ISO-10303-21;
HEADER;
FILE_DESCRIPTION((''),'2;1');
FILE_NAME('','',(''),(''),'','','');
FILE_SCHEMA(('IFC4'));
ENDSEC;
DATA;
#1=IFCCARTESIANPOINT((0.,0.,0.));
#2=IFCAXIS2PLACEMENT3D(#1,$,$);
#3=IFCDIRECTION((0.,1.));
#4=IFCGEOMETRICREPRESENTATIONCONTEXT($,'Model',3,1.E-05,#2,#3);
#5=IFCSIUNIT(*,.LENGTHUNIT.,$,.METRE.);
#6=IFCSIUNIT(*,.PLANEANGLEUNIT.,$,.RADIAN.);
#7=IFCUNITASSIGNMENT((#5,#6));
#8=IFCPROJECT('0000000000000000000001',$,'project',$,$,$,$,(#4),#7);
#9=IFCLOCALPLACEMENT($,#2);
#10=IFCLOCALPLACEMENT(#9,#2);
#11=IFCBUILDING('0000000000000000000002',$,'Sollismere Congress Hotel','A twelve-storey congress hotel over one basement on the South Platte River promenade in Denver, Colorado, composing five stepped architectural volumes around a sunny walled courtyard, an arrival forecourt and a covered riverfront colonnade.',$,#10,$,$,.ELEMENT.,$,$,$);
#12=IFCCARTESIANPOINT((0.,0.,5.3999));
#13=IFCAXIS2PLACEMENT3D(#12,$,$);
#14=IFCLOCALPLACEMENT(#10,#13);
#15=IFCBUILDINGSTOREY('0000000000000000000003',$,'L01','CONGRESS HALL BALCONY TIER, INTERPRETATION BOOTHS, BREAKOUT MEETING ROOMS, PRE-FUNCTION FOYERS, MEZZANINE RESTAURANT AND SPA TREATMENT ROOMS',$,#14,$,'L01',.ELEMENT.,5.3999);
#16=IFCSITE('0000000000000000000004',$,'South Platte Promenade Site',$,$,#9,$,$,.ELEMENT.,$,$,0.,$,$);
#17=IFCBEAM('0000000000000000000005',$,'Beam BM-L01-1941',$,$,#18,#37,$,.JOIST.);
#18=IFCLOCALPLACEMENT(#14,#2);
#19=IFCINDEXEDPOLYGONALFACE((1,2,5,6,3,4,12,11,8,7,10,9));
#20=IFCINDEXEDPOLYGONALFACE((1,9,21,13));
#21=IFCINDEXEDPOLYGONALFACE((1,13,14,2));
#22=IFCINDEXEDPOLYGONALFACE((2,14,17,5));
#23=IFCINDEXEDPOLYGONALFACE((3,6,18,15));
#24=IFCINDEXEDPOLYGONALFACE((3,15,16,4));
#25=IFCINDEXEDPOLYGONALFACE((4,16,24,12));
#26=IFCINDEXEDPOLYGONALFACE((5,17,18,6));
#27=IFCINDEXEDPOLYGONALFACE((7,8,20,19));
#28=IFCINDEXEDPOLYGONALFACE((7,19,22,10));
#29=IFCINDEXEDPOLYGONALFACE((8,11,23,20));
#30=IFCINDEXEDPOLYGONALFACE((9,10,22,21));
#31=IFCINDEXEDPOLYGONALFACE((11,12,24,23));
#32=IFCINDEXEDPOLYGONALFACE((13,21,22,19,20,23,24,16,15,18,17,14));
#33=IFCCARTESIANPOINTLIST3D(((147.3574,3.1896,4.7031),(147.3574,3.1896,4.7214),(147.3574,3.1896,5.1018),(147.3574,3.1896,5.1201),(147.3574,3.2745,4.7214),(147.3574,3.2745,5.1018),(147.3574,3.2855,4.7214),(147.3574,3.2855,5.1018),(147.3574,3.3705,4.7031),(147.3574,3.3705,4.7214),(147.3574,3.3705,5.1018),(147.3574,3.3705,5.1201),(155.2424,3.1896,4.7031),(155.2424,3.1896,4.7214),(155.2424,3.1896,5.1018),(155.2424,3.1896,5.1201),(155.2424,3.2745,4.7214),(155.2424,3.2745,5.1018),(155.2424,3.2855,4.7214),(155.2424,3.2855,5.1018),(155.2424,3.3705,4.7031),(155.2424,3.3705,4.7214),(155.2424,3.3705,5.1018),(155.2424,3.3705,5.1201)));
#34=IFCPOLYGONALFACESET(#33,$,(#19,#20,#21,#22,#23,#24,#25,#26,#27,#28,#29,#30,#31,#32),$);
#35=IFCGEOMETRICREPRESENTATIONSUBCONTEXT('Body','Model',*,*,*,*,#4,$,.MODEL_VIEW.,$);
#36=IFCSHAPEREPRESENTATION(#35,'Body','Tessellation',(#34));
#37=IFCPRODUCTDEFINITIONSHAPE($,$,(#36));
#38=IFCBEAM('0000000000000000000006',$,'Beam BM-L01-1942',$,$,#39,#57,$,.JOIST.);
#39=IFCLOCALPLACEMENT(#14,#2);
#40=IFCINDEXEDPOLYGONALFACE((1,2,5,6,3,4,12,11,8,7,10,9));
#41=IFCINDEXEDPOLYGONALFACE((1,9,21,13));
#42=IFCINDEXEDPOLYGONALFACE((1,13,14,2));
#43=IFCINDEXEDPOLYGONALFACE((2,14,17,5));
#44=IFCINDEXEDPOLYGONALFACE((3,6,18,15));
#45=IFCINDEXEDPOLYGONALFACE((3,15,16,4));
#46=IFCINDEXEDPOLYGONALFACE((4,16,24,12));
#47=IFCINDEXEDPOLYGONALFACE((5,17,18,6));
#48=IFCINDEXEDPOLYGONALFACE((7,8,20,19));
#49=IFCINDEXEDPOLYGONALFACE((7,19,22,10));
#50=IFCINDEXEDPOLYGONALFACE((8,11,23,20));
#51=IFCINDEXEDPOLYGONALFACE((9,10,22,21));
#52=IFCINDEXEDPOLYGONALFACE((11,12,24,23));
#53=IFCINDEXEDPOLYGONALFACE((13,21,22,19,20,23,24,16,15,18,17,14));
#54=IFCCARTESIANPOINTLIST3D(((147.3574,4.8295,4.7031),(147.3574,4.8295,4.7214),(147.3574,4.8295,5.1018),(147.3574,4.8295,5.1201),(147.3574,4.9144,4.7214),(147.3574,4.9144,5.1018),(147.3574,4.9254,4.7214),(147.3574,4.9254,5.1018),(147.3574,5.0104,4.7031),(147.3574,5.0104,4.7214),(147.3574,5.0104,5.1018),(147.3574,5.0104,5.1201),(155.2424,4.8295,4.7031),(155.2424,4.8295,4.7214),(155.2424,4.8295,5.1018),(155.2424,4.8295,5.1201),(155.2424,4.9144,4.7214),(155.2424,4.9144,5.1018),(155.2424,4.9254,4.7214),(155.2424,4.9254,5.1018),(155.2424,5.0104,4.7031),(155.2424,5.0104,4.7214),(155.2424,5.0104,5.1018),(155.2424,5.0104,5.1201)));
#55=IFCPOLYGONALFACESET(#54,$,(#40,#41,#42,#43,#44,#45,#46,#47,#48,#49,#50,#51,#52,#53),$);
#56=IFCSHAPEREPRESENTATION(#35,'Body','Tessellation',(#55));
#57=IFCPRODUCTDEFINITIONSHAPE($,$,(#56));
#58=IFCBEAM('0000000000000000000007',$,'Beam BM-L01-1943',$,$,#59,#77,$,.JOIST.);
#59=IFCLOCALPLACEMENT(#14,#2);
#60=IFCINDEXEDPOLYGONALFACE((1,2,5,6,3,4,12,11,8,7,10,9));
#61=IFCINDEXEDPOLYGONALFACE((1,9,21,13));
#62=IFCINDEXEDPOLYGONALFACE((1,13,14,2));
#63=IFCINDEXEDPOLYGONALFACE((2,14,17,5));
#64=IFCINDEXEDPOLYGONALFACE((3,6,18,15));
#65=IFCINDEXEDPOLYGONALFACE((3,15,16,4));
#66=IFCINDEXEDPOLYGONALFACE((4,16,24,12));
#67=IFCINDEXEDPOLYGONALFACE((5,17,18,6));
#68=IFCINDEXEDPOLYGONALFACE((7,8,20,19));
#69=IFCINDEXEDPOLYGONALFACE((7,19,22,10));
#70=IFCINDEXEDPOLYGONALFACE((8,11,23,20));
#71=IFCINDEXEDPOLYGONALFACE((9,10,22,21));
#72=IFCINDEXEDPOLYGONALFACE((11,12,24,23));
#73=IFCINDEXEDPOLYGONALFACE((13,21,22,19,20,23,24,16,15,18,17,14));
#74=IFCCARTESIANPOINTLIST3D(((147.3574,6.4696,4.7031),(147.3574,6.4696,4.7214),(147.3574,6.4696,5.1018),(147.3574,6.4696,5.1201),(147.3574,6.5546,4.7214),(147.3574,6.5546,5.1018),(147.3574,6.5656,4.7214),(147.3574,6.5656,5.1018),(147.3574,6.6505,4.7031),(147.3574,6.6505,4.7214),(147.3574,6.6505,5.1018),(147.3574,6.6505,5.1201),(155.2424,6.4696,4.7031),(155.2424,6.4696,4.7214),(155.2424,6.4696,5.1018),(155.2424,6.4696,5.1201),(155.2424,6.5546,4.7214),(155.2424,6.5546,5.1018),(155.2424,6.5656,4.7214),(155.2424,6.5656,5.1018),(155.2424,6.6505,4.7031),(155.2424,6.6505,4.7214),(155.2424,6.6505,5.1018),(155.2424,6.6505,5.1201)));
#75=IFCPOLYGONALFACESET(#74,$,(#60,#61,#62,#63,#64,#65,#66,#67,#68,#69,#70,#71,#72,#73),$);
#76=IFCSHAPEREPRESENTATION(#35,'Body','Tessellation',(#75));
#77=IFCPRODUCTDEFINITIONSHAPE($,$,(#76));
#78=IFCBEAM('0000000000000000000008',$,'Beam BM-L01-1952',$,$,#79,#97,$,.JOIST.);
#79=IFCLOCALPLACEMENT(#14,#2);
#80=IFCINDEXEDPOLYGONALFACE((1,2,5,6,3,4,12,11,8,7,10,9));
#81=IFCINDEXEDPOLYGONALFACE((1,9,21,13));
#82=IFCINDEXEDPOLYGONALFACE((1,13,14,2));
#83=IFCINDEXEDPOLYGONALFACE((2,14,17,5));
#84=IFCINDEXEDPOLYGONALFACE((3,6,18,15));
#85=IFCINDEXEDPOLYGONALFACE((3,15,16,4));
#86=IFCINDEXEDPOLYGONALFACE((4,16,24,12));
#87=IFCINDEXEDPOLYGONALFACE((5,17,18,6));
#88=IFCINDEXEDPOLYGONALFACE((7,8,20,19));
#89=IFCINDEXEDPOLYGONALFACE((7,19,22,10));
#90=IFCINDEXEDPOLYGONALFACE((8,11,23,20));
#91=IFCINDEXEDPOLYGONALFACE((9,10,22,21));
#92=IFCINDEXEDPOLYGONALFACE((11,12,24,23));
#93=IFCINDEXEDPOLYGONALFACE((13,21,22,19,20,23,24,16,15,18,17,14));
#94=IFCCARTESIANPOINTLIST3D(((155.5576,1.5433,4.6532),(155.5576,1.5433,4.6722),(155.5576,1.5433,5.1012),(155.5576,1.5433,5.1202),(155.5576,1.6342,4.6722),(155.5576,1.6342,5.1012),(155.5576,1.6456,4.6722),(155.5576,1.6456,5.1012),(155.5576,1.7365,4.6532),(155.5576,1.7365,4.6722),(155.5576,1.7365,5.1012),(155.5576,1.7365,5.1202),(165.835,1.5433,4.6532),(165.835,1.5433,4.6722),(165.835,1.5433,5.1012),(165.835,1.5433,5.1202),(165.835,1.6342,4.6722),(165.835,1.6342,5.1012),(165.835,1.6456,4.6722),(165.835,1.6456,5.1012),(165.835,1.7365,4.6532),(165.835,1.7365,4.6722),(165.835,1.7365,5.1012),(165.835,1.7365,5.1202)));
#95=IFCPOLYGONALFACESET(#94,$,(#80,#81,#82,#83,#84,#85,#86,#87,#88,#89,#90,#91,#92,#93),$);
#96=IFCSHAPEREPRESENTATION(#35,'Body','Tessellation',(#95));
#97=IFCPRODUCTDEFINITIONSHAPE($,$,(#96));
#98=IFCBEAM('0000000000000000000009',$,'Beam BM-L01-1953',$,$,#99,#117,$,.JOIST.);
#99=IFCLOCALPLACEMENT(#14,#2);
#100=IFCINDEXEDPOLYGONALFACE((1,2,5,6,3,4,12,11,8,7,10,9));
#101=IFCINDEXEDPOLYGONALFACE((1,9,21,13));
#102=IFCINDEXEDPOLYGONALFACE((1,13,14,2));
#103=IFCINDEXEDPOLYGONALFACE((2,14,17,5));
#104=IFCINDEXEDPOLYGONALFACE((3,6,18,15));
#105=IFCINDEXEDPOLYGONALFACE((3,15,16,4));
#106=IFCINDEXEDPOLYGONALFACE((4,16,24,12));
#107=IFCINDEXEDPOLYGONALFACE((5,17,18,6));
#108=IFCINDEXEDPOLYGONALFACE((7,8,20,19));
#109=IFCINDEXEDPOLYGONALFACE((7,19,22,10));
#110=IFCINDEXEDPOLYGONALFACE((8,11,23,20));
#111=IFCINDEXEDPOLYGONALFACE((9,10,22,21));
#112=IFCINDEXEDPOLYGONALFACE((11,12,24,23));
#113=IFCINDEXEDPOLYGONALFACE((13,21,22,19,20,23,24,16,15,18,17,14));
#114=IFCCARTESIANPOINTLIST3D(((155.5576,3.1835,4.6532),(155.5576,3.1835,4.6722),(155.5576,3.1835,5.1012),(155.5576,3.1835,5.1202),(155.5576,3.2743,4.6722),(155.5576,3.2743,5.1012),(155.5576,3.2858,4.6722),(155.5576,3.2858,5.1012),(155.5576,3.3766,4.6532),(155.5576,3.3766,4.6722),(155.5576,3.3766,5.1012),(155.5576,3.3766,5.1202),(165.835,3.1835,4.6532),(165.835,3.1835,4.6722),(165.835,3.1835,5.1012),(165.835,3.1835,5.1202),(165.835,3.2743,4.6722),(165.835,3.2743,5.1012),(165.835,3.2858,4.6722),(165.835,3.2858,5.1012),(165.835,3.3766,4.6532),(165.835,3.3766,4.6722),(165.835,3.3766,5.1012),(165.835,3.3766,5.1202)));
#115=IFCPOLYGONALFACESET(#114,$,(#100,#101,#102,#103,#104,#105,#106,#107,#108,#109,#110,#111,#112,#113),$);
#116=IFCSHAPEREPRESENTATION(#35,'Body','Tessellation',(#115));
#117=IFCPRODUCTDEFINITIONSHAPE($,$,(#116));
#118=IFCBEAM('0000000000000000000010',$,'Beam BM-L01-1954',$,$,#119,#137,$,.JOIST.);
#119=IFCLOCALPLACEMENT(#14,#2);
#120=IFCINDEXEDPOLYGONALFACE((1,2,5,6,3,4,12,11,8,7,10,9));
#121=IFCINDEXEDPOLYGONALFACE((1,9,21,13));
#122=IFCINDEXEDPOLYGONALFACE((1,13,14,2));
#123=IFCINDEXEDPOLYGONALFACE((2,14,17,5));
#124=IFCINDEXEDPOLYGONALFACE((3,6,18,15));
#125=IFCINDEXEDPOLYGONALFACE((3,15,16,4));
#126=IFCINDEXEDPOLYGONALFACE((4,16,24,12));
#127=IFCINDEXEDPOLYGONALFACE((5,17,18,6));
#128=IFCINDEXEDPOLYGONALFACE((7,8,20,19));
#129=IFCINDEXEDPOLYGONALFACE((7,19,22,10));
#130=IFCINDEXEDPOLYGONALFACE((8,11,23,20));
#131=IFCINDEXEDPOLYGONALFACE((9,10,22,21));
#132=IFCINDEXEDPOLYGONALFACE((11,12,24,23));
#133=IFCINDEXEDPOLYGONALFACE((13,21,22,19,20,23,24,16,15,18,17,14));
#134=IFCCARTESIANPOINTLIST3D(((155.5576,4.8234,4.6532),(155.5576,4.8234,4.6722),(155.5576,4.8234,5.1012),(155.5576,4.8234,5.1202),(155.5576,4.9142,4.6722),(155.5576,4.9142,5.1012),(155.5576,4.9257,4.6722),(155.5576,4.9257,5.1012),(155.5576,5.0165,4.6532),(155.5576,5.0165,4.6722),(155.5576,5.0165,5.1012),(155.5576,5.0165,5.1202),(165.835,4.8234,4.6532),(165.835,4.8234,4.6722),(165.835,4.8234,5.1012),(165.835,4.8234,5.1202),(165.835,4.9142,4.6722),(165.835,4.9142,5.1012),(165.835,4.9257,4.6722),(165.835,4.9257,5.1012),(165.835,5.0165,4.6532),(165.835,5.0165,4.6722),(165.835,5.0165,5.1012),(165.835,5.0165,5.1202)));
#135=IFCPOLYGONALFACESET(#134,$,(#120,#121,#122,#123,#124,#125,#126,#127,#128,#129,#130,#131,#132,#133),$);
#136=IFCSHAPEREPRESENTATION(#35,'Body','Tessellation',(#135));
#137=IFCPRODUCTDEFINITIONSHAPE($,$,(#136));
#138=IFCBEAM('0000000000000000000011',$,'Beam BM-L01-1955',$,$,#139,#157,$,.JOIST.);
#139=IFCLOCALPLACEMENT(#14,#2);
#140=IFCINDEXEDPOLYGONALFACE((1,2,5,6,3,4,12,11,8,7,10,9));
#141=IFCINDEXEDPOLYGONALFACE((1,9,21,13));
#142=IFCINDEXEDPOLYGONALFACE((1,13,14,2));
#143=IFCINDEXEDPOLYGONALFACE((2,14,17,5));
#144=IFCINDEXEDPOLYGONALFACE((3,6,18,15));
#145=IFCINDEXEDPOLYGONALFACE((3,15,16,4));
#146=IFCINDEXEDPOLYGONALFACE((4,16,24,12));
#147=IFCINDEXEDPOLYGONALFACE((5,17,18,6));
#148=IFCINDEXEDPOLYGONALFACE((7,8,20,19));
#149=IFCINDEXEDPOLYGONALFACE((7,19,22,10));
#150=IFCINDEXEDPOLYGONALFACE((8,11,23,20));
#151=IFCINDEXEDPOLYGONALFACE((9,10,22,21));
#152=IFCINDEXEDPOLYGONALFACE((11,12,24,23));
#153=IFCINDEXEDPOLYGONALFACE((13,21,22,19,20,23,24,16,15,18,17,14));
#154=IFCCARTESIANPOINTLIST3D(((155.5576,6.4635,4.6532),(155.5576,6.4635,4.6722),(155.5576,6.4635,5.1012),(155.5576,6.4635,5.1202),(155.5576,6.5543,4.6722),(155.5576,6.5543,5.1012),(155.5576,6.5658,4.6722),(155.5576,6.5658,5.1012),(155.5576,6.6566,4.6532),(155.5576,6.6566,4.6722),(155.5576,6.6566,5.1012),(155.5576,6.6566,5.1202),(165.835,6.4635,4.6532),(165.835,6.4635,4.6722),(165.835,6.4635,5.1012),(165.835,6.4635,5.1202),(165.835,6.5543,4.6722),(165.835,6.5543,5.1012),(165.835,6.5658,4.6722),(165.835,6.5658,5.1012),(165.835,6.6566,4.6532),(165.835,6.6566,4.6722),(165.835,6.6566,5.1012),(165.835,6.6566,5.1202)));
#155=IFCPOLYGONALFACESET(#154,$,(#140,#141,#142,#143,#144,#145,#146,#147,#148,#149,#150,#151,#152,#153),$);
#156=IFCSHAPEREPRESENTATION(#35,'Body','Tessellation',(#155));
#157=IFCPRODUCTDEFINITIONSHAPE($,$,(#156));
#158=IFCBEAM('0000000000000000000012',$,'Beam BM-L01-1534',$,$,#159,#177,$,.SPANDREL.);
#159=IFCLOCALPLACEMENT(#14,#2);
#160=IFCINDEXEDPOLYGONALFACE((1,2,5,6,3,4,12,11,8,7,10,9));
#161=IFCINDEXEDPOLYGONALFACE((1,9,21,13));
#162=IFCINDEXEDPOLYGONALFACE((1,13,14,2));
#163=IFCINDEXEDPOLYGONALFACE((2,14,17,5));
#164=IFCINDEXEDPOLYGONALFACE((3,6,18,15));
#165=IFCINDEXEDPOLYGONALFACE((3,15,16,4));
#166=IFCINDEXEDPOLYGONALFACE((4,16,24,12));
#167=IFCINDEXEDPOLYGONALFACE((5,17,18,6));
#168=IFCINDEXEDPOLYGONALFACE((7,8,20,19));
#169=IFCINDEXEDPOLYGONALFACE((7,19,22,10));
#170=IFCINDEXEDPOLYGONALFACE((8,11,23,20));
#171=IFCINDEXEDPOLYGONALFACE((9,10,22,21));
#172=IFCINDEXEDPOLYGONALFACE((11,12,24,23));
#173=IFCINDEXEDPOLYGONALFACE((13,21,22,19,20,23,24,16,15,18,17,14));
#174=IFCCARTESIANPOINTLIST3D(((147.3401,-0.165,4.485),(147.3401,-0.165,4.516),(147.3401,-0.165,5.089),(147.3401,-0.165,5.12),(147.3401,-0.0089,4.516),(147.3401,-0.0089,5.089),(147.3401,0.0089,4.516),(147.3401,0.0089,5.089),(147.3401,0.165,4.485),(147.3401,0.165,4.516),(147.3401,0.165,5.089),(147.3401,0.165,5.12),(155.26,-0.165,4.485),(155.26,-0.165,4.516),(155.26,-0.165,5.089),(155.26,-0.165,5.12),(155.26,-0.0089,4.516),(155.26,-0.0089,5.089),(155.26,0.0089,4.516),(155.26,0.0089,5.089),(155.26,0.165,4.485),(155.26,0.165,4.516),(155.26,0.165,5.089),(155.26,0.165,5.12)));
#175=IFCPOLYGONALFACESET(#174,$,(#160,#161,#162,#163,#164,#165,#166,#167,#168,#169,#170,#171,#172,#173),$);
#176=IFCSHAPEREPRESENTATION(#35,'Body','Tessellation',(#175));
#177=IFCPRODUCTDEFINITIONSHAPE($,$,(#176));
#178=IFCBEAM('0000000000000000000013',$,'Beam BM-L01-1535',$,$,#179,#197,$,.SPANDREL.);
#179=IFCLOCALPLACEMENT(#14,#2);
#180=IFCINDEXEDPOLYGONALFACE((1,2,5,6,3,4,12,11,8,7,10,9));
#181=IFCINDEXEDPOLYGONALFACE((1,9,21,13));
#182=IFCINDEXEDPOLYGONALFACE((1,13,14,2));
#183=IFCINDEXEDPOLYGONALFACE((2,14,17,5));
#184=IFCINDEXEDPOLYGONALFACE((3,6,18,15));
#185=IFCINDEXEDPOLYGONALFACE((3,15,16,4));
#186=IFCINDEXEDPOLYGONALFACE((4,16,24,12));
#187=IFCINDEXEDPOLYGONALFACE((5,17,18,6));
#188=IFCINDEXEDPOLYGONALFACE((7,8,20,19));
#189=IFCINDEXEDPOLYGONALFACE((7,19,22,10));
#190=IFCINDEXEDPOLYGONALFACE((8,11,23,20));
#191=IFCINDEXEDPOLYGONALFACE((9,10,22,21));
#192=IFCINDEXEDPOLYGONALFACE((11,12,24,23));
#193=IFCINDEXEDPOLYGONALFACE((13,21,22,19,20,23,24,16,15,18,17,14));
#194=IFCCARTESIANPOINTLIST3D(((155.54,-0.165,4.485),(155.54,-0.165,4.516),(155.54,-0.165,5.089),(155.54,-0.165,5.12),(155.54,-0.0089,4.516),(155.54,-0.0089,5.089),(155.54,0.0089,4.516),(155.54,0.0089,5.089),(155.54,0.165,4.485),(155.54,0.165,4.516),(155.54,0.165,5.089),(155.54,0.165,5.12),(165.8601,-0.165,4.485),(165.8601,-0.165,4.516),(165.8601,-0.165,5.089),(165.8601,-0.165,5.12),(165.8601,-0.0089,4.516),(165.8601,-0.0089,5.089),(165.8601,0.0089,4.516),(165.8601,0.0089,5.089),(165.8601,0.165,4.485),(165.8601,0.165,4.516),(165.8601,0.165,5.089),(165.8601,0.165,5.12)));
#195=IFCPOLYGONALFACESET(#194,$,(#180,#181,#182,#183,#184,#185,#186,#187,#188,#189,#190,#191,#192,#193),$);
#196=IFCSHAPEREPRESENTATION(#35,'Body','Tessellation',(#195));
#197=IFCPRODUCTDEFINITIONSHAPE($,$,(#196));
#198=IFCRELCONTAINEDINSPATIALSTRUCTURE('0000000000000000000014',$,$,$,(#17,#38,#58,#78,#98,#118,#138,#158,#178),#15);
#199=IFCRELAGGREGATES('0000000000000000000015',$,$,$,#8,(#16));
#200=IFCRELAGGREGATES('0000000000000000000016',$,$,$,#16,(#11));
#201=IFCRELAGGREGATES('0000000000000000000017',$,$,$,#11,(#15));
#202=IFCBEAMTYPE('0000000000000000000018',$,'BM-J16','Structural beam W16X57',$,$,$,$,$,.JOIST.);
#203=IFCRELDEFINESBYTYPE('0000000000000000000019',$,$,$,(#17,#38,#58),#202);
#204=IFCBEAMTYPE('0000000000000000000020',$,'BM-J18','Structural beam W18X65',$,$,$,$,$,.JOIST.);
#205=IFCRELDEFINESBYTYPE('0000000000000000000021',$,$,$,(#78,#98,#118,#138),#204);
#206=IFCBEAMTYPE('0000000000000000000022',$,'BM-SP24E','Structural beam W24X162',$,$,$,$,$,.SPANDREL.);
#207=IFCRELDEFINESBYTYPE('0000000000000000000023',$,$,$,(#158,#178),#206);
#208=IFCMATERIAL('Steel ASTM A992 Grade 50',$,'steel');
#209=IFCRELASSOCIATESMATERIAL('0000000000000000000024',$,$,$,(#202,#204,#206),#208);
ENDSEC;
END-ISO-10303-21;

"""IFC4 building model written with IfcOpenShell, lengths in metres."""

from ifc_helpers import new_model, si_unit, direction, frame, origin, origin_2d, place, context, subcontext, project, spatial, i_section, extrude, material, material_profile, profile_set, type_object, element, save


model = new_model("IFC4")

# Units and contexts
model_context = context("Model", 3, precision=1e-05, world=origin(), true_north=direction((0.0, 1.0)))
body_context = subcontext(model_context, "Body", "Model", "MODEL_VIEW")
ifc_project = project(units=[si_unit("LENGTHUNIT", "METRE"), si_unit("PLANEANGLEUNIT", "RADIAN")], contexts=[model_context])

# Site, building, storey
site_placement = place(None, origin())
site = spatial("IfcSite", under=ifc_project, at=site_placement, Name="South Platte Promenade Site", CompositionType="ELEMENT", RefElevation=0.0)
building_placement = place(site_placement, origin())
building = spatial("IfcBuilding", under=site, at=building_placement, Name="Sollismere Congress Hotel", Description="A twelve-storey congress hotel over one basement on the South Platte River promenade in Denver, Colorado, composing five stepped architectural volumes around a sunny walled courtyard, an arrival forecourt and a covered riverfront colonnade.", CompositionType="ELEMENT")
storey_placement = place(building_placement, frame((0.0, 0.0, 5.3999)))
storey = spatial("IfcBuildingStorey", under=building, at=storey_placement, Name="L01", Description="CONGRESS HALL BALCONY TIER, INTERPRETATION BOOTHS, BREAKOUT MEETING ROOMS, PRE-FUNCTION FOYERS, MEZZANINE RESTAURANT AND SPA TREATMENT ROOMS", LongName="L01", CompositionType="ELEMENT", Elevation=5.3999)

# Shared definitions
ifc_material_1 = material(Name="Steel ASTM A992 Grade 50", Category="steel")

# Beams
ifc_material_profile_1 = material_profile(ifc_material_1, i_section(OverallWidth=0.1809, OverallDepth=0.417, WebThickness=0.011, FlangeThickness=0.0183, at=origin_2d()), Name="W16X57")
ifc_profile_set_1 = profile_set([ifc_material_profile_1], Name="Steel ASTM A992 Grade 50")
beam_type_1 = type_object("IfcBeamType", Name="BM-J16", Description="Structural beam W16X57", PredefinedType="JOIST", material=ifc_profile_set_1)
for number, where, z_axis, x_axis, name in (
    (1, (147.3574, 3.28, 4.9116), (1.0, 0.0, 0.0), (0.0, 1.0, 0.0), "Beam BM-L01-1941"),
    (2, (147.3574, 4.9199, 4.9116), (1.0, 0.0, 0.0), (0.0, 1.0, 0.0), "Beam BM-L01-1942"),
    (3, (147.3574, 6.5601, 4.9116), (1.0, 0.0, 0.0), (0.0, 1.0, 0.0), "Beam BM-L01-1943"),
):
    element("IfcBeam", number, at=place(storey_placement, frame(where, z_axis=z_axis, x_axis=x_axis)), inside=storey, type_object=beam_type_1, Name=name, PredefinedType="JOIST", context=body_context, shape_type="SweptSolid", body=[
        extrude(i_section(OverallWidth=0.1809, OverallDepth=0.417, WebThickness=0.011, FlangeThickness=0.0183, at=origin_2d()), origin(), (0.0, 0.0, 1.0), 7.885),
    ])
ifc_material_profile_2 = material_profile(ifc_material_1, i_section(OverallWidth=0.1931, OverallDepth=0.467, WebThickness=0.0115, FlangeThickness=0.019, at=origin_2d()), Name="W18X65")
ifc_profile_set_2 = profile_set([ifc_material_profile_2], Name="Steel ASTM A992 Grade 50")
beam_type_2 = type_object("IfcBeamType", Name="BM-J18", Description="Structural beam W18X65", PredefinedType="JOIST", material=ifc_profile_set_2)
for number, where, z_axis, x_axis, name in (
    (4, (155.5576, 1.6399, 4.8867), (1.0, 0.0, 0.0), (0.0, 1.0, 0.0), "Beam BM-L01-1952"),
    (5, (155.5576, 3.28, 4.8867), (1.0, 0.0, 0.0), (0.0, 1.0, 0.0), "Beam BM-L01-1953"),
    (6, (155.5576, 4.9199, 4.8867), (1.0, 0.0, 0.0), (0.0, 1.0, 0.0), "Beam BM-L01-1954"),
    (7, (155.5576, 6.5601, 4.8867), (1.0, 0.0, 0.0), (0.0, 1.0, 0.0), "Beam BM-L01-1955"),
):
    element("IfcBeam", number, at=place(storey_placement, frame(where, z_axis=z_axis, x_axis=x_axis)), inside=storey, type_object=beam_type_2, Name=name, PredefinedType="JOIST", context=body_context, shape_type="SweptSolid", body=[
        extrude(i_section(OverallWidth=0.1931, OverallDepth=0.467, WebThickness=0.0115, FlangeThickness=0.019, at=origin_2d()), origin(), (0.0, 0.0, 1.0), 10.2773),
    ])
ifc_material_profile_3 = material_profile(ifc_material_1, i_section(OverallWidth=0.3301, OverallDepth=0.635, WebThickness=0.0178, FlangeThickness=0.031, at=origin_2d()), Name="W24X162")
ifc_profile_set_3 = profile_set([ifc_material_profile_3], Name="Steel ASTM A992 Grade 50")
beam_type_3 = type_object("IfcBeamType", Name="BM-SP24E", Description="Structural beam W24X162", PredefinedType="SPANDREL", material=ifc_profile_set_3)
beam_1_placement = place(storey_placement, frame((147.3401, 0.0, 4.8025), z_axis=(1.0, 0.0, 0.0), x_axis=(0.0, 1.0, 0.0)))
element("IfcBeam", 8, at=beam_1_placement, inside=storey, type_object=beam_type_3, Name="Beam BM-L01-1534", PredefinedType="SPANDREL", context=body_context, shape_type="SweptSolid", body=[
    extrude(i_section(OverallWidth=0.3301, OverallDepth=0.635, WebThickness=0.0178, FlangeThickness=0.031, at=origin_2d()), origin(), (0.0, 0.0, 1.0), 7.9199),
])
beam_2_placement = place(storey_placement, frame((155.54, 0.0, 4.8025), z_axis=(1.0, 0.0, 0.0), x_axis=(0.0, 1.0, 0.0)))
element("IfcBeam", 9, at=beam_2_placement, inside=storey, type_object=beam_type_3, Name="Beam BM-L01-1535", PredefinedType="SPANDREL", context=body_context, shape_type="SweptSolid", body=[
    extrude(i_section(OverallWidth=0.3301, OverallDepth=0.635, WebThickness=0.0178, FlangeThickness=0.031, at=origin_2d()), origin(), (0.0, 0.0, 1.0), 10.3201),
])

save(model, "model.ifc")
